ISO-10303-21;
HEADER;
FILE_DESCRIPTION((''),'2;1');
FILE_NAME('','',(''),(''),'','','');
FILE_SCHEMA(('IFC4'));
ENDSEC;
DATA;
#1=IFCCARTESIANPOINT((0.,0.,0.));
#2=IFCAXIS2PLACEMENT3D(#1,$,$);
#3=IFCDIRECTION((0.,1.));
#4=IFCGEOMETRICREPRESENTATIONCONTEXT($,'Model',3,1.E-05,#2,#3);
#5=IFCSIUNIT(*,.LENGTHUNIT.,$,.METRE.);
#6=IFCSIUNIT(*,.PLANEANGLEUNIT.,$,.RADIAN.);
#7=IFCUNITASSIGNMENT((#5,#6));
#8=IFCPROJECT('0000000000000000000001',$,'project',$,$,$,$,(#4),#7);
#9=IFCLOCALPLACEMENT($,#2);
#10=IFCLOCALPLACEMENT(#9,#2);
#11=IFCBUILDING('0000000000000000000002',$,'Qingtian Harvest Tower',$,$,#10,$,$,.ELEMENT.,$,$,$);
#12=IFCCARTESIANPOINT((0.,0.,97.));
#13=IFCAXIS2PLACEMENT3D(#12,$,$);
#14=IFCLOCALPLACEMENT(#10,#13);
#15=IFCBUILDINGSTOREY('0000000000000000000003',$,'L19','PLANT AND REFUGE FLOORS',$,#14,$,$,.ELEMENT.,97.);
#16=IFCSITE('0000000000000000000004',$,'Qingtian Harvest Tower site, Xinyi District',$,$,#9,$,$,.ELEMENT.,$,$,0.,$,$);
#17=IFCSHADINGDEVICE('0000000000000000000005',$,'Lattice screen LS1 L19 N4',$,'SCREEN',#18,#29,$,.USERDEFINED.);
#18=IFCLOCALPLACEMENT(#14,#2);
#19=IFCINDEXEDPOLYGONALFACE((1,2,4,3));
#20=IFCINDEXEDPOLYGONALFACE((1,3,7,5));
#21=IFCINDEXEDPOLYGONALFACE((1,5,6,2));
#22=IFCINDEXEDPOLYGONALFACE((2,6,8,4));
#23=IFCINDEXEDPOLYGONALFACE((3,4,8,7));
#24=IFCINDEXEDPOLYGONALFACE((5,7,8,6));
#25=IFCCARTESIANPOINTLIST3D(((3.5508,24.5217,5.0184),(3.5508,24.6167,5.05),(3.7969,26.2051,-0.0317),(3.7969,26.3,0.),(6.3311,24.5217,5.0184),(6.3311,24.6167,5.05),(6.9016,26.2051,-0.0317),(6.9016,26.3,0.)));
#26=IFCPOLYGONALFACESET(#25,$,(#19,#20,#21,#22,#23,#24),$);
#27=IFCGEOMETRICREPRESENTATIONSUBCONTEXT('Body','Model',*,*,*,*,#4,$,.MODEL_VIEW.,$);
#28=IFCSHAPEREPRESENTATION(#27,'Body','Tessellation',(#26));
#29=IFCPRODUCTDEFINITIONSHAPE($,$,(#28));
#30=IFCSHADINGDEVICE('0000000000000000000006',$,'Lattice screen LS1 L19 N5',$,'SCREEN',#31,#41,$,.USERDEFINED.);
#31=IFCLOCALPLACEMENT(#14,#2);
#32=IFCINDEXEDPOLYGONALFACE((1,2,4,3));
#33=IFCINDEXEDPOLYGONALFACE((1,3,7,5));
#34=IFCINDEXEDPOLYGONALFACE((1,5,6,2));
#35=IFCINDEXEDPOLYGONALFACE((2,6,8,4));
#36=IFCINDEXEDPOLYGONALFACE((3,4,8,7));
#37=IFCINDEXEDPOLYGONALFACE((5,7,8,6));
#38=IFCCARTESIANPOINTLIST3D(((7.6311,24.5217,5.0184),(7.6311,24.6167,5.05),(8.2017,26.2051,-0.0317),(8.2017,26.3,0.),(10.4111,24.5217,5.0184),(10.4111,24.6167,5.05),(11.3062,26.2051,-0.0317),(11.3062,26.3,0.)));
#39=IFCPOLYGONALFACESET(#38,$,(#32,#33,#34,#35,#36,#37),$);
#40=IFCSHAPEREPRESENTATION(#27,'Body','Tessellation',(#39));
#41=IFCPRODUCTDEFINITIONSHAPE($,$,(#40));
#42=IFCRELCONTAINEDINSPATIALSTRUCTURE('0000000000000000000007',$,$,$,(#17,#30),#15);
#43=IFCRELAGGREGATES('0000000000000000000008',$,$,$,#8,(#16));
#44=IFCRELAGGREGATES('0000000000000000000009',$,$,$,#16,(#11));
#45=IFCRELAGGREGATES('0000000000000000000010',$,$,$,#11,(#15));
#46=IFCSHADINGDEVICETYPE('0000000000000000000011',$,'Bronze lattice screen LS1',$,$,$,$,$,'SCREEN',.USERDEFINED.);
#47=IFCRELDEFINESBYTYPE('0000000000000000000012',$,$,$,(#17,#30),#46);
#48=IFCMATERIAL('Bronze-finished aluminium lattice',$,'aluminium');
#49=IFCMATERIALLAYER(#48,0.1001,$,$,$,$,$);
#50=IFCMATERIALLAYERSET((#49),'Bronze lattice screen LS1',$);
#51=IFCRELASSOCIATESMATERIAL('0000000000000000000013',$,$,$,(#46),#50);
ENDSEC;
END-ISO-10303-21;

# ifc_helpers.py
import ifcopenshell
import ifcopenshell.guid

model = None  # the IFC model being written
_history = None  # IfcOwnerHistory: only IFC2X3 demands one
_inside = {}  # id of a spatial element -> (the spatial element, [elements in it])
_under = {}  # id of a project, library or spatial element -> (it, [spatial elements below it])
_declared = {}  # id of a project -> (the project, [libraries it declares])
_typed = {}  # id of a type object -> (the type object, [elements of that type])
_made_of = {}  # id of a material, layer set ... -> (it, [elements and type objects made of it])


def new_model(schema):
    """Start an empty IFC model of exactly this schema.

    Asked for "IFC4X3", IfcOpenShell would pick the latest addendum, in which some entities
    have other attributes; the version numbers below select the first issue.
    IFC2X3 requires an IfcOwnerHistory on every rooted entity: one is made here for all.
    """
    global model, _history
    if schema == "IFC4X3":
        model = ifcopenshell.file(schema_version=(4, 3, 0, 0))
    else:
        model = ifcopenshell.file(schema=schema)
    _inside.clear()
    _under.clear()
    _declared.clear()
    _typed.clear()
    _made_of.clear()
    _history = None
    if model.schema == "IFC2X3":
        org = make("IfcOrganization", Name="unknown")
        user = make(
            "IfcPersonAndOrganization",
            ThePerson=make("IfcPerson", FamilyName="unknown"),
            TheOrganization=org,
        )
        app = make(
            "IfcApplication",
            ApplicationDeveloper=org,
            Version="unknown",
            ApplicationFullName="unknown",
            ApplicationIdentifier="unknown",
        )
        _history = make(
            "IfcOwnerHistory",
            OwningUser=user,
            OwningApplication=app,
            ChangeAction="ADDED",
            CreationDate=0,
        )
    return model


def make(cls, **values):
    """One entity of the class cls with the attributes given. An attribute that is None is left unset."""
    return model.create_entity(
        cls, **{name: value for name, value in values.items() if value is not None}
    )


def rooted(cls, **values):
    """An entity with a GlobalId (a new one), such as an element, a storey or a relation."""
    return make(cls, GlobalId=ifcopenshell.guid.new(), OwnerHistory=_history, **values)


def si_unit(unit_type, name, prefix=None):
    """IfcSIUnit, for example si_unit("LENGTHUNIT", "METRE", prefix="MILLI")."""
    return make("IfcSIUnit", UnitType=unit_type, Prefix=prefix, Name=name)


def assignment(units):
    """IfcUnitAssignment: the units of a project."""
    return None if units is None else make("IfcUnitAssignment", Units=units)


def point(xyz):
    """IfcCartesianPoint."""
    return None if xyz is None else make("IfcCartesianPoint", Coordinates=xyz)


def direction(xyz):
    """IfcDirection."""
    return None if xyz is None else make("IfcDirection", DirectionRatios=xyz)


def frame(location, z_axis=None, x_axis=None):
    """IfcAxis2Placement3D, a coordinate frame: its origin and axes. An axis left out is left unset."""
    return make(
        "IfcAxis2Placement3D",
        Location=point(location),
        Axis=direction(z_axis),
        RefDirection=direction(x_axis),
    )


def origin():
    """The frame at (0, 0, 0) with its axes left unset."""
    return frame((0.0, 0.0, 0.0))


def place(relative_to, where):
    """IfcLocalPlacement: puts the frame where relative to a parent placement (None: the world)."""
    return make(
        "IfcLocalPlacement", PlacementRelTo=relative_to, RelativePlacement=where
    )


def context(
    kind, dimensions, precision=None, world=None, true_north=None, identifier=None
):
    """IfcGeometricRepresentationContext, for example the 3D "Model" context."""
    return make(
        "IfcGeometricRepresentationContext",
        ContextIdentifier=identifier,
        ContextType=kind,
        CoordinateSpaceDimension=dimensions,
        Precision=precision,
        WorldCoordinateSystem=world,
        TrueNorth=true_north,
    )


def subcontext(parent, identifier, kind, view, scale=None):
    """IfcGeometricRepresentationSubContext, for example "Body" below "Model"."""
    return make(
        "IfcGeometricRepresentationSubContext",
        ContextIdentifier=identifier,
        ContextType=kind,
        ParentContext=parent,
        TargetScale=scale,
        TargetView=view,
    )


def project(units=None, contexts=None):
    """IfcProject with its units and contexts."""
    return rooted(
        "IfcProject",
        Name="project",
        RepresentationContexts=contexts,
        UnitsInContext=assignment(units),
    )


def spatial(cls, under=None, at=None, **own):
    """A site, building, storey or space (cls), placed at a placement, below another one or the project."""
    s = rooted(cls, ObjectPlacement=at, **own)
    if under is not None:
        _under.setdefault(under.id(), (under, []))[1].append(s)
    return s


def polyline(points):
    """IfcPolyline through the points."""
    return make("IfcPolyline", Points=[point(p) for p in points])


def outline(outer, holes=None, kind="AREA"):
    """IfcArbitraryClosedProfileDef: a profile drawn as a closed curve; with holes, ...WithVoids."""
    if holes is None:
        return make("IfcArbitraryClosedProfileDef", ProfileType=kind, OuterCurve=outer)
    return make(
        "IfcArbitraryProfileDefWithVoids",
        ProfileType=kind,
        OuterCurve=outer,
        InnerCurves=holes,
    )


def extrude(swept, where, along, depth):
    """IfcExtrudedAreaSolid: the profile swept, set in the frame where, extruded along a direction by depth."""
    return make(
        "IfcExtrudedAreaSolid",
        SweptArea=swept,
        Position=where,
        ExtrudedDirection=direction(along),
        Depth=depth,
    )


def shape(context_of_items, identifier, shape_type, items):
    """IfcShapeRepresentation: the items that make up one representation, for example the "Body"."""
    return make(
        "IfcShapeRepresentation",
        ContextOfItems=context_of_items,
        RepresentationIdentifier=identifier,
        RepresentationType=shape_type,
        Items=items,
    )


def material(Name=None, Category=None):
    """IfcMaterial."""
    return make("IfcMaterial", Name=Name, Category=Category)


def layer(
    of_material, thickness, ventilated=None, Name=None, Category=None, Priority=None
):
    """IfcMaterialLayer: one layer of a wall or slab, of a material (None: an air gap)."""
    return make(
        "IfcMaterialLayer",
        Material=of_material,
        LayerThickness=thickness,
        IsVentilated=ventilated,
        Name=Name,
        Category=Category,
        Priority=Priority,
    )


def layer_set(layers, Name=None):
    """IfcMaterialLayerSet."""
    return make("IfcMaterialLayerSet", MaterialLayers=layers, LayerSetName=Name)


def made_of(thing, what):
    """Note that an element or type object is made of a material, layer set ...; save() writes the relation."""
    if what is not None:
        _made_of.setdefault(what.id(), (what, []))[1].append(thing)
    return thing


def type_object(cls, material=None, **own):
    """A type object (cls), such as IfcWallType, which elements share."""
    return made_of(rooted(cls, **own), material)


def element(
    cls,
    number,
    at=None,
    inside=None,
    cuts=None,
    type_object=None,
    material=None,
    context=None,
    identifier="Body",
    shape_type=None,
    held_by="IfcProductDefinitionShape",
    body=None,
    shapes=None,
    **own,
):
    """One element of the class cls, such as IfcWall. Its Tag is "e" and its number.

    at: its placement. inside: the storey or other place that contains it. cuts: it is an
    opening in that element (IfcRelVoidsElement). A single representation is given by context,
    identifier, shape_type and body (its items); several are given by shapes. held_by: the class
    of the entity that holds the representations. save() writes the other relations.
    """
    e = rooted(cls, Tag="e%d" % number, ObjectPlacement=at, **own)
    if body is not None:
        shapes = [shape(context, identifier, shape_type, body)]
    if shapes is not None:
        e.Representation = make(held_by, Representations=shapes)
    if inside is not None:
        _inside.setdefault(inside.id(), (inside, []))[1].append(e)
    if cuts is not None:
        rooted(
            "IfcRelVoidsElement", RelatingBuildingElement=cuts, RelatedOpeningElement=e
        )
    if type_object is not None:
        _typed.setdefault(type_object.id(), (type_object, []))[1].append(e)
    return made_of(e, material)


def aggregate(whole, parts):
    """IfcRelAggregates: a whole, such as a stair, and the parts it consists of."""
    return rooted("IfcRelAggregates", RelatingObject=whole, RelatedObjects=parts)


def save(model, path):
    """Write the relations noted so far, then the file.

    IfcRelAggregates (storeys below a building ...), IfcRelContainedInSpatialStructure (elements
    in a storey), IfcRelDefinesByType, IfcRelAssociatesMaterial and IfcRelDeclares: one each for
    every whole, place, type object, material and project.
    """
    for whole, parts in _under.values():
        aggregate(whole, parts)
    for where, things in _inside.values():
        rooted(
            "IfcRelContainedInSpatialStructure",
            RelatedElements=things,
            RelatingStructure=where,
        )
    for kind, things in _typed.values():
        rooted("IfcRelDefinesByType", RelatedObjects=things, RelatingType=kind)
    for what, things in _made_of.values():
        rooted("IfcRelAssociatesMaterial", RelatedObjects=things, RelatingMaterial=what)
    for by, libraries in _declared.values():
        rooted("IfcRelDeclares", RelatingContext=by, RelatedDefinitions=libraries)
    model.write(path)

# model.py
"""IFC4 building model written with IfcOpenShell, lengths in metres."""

from ifc_helpers import new_model, si_unit, direction, frame, origin, place, context, subcontext, project, spatial, polyline, outline, extrude, material, layer, layer_set, type_object, element, save


model = new_model("IFC4")

# Units and contexts
model_context = context("Model", 3, precision=1e-05, world=origin(), true_north=direction((0.0, 1.0)))
body_context = subcontext(model_context, "Body", "Model", "MODEL_VIEW")
ifc_project = project(units=[si_unit("LENGTHUNIT", "METRE"), si_unit("PLANEANGLEUNIT", "RADIAN")], contexts=[model_context])

# Site, building, storey
site_placement = place(None, origin())
site = spatial("IfcSite", under=ifc_project, at=site_placement, Name="Qingtian Harvest Tower site, Xinyi District", CompositionType="ELEMENT", RefElevation=0.0)
building_placement = place(site_placement, origin())
building = spatial("IfcBuilding", under=site, at=building_placement, Name="Qingtian Harvest Tower", CompositionType="ELEMENT")
storey_placement = place(building_placement, frame((0.0, 0.0, 97.0)))
storey = spatial("IfcBuildingStorey", under=building, at=storey_placement, Name="L19", Description="PLANT AND REFUGE FLOORS", CompositionType="ELEMENT", Elevation=97.0)

# Shading devices
ifc_material_1 = material(Name="Bronze-finished aluminium lattice", Category="aluminium")
ifc_layer_1 = layer(ifc_material_1, 0.1001)
ifc_layer_set_1 = layer_set([ifc_layer_1], Name="Bronze lattice screen LS1")
shading_device_type = type_object("IfcShadingDeviceType", Name="Bronze lattice screen LS1", ElementType="SCREEN", PredefinedType="USERDEFINED", material=ifc_layer_set_1)
shading_device_1_placement = place(storey_placement, frame((3.7969, 26.3, 0.0), z_axis=(0.0, 0.948683, 0.316228), x_axis=(1.0, 0.0, 0.0)))
element("IfcShadingDevice", 1, at=shading_device_1_placement, inside=storey, type_object=shading_device_type, Name="Lattice screen LS1 L19 N4", ObjectType="SCREEN", PredefinedType="USERDEFINED", context=body_context, shape_type="SweptSolid", body=[
    extrude(outline(polyline([(0.0, 0.0), (3.1047, 0.0), (2.5342, -5.3232), (-0.2461, -5.3232), (0.0, 0.0)])), origin(), (0.0, 0.0, -1.0), 0.1001),
])
shading_device_2_placement = place(storey_placement, frame((8.2017, 26.3, 0.0), z_axis=(0.0, 0.948683, 0.316228), x_axis=(1.0, 0.0, 0.0)))
element("IfcShadingDevice", 2, at=shading_device_2_placement, inside=storey, type_object=shading_device_type, Name="Lattice screen LS1 L19 N5", ObjectType="SCREEN", PredefinedType="USERDEFINED", context=body_context, shape_type="SweptSolid", body=[
    extrude(outline(polyline([(0.0, 0.0), (3.1045, 0.0), (2.2095, -5.3232), (-0.5706, -5.3232), (0.0, 0.0)])), origin(), (0.0, 0.0, -1.0), 0.1001),
])

save(model, "model.ifc")
